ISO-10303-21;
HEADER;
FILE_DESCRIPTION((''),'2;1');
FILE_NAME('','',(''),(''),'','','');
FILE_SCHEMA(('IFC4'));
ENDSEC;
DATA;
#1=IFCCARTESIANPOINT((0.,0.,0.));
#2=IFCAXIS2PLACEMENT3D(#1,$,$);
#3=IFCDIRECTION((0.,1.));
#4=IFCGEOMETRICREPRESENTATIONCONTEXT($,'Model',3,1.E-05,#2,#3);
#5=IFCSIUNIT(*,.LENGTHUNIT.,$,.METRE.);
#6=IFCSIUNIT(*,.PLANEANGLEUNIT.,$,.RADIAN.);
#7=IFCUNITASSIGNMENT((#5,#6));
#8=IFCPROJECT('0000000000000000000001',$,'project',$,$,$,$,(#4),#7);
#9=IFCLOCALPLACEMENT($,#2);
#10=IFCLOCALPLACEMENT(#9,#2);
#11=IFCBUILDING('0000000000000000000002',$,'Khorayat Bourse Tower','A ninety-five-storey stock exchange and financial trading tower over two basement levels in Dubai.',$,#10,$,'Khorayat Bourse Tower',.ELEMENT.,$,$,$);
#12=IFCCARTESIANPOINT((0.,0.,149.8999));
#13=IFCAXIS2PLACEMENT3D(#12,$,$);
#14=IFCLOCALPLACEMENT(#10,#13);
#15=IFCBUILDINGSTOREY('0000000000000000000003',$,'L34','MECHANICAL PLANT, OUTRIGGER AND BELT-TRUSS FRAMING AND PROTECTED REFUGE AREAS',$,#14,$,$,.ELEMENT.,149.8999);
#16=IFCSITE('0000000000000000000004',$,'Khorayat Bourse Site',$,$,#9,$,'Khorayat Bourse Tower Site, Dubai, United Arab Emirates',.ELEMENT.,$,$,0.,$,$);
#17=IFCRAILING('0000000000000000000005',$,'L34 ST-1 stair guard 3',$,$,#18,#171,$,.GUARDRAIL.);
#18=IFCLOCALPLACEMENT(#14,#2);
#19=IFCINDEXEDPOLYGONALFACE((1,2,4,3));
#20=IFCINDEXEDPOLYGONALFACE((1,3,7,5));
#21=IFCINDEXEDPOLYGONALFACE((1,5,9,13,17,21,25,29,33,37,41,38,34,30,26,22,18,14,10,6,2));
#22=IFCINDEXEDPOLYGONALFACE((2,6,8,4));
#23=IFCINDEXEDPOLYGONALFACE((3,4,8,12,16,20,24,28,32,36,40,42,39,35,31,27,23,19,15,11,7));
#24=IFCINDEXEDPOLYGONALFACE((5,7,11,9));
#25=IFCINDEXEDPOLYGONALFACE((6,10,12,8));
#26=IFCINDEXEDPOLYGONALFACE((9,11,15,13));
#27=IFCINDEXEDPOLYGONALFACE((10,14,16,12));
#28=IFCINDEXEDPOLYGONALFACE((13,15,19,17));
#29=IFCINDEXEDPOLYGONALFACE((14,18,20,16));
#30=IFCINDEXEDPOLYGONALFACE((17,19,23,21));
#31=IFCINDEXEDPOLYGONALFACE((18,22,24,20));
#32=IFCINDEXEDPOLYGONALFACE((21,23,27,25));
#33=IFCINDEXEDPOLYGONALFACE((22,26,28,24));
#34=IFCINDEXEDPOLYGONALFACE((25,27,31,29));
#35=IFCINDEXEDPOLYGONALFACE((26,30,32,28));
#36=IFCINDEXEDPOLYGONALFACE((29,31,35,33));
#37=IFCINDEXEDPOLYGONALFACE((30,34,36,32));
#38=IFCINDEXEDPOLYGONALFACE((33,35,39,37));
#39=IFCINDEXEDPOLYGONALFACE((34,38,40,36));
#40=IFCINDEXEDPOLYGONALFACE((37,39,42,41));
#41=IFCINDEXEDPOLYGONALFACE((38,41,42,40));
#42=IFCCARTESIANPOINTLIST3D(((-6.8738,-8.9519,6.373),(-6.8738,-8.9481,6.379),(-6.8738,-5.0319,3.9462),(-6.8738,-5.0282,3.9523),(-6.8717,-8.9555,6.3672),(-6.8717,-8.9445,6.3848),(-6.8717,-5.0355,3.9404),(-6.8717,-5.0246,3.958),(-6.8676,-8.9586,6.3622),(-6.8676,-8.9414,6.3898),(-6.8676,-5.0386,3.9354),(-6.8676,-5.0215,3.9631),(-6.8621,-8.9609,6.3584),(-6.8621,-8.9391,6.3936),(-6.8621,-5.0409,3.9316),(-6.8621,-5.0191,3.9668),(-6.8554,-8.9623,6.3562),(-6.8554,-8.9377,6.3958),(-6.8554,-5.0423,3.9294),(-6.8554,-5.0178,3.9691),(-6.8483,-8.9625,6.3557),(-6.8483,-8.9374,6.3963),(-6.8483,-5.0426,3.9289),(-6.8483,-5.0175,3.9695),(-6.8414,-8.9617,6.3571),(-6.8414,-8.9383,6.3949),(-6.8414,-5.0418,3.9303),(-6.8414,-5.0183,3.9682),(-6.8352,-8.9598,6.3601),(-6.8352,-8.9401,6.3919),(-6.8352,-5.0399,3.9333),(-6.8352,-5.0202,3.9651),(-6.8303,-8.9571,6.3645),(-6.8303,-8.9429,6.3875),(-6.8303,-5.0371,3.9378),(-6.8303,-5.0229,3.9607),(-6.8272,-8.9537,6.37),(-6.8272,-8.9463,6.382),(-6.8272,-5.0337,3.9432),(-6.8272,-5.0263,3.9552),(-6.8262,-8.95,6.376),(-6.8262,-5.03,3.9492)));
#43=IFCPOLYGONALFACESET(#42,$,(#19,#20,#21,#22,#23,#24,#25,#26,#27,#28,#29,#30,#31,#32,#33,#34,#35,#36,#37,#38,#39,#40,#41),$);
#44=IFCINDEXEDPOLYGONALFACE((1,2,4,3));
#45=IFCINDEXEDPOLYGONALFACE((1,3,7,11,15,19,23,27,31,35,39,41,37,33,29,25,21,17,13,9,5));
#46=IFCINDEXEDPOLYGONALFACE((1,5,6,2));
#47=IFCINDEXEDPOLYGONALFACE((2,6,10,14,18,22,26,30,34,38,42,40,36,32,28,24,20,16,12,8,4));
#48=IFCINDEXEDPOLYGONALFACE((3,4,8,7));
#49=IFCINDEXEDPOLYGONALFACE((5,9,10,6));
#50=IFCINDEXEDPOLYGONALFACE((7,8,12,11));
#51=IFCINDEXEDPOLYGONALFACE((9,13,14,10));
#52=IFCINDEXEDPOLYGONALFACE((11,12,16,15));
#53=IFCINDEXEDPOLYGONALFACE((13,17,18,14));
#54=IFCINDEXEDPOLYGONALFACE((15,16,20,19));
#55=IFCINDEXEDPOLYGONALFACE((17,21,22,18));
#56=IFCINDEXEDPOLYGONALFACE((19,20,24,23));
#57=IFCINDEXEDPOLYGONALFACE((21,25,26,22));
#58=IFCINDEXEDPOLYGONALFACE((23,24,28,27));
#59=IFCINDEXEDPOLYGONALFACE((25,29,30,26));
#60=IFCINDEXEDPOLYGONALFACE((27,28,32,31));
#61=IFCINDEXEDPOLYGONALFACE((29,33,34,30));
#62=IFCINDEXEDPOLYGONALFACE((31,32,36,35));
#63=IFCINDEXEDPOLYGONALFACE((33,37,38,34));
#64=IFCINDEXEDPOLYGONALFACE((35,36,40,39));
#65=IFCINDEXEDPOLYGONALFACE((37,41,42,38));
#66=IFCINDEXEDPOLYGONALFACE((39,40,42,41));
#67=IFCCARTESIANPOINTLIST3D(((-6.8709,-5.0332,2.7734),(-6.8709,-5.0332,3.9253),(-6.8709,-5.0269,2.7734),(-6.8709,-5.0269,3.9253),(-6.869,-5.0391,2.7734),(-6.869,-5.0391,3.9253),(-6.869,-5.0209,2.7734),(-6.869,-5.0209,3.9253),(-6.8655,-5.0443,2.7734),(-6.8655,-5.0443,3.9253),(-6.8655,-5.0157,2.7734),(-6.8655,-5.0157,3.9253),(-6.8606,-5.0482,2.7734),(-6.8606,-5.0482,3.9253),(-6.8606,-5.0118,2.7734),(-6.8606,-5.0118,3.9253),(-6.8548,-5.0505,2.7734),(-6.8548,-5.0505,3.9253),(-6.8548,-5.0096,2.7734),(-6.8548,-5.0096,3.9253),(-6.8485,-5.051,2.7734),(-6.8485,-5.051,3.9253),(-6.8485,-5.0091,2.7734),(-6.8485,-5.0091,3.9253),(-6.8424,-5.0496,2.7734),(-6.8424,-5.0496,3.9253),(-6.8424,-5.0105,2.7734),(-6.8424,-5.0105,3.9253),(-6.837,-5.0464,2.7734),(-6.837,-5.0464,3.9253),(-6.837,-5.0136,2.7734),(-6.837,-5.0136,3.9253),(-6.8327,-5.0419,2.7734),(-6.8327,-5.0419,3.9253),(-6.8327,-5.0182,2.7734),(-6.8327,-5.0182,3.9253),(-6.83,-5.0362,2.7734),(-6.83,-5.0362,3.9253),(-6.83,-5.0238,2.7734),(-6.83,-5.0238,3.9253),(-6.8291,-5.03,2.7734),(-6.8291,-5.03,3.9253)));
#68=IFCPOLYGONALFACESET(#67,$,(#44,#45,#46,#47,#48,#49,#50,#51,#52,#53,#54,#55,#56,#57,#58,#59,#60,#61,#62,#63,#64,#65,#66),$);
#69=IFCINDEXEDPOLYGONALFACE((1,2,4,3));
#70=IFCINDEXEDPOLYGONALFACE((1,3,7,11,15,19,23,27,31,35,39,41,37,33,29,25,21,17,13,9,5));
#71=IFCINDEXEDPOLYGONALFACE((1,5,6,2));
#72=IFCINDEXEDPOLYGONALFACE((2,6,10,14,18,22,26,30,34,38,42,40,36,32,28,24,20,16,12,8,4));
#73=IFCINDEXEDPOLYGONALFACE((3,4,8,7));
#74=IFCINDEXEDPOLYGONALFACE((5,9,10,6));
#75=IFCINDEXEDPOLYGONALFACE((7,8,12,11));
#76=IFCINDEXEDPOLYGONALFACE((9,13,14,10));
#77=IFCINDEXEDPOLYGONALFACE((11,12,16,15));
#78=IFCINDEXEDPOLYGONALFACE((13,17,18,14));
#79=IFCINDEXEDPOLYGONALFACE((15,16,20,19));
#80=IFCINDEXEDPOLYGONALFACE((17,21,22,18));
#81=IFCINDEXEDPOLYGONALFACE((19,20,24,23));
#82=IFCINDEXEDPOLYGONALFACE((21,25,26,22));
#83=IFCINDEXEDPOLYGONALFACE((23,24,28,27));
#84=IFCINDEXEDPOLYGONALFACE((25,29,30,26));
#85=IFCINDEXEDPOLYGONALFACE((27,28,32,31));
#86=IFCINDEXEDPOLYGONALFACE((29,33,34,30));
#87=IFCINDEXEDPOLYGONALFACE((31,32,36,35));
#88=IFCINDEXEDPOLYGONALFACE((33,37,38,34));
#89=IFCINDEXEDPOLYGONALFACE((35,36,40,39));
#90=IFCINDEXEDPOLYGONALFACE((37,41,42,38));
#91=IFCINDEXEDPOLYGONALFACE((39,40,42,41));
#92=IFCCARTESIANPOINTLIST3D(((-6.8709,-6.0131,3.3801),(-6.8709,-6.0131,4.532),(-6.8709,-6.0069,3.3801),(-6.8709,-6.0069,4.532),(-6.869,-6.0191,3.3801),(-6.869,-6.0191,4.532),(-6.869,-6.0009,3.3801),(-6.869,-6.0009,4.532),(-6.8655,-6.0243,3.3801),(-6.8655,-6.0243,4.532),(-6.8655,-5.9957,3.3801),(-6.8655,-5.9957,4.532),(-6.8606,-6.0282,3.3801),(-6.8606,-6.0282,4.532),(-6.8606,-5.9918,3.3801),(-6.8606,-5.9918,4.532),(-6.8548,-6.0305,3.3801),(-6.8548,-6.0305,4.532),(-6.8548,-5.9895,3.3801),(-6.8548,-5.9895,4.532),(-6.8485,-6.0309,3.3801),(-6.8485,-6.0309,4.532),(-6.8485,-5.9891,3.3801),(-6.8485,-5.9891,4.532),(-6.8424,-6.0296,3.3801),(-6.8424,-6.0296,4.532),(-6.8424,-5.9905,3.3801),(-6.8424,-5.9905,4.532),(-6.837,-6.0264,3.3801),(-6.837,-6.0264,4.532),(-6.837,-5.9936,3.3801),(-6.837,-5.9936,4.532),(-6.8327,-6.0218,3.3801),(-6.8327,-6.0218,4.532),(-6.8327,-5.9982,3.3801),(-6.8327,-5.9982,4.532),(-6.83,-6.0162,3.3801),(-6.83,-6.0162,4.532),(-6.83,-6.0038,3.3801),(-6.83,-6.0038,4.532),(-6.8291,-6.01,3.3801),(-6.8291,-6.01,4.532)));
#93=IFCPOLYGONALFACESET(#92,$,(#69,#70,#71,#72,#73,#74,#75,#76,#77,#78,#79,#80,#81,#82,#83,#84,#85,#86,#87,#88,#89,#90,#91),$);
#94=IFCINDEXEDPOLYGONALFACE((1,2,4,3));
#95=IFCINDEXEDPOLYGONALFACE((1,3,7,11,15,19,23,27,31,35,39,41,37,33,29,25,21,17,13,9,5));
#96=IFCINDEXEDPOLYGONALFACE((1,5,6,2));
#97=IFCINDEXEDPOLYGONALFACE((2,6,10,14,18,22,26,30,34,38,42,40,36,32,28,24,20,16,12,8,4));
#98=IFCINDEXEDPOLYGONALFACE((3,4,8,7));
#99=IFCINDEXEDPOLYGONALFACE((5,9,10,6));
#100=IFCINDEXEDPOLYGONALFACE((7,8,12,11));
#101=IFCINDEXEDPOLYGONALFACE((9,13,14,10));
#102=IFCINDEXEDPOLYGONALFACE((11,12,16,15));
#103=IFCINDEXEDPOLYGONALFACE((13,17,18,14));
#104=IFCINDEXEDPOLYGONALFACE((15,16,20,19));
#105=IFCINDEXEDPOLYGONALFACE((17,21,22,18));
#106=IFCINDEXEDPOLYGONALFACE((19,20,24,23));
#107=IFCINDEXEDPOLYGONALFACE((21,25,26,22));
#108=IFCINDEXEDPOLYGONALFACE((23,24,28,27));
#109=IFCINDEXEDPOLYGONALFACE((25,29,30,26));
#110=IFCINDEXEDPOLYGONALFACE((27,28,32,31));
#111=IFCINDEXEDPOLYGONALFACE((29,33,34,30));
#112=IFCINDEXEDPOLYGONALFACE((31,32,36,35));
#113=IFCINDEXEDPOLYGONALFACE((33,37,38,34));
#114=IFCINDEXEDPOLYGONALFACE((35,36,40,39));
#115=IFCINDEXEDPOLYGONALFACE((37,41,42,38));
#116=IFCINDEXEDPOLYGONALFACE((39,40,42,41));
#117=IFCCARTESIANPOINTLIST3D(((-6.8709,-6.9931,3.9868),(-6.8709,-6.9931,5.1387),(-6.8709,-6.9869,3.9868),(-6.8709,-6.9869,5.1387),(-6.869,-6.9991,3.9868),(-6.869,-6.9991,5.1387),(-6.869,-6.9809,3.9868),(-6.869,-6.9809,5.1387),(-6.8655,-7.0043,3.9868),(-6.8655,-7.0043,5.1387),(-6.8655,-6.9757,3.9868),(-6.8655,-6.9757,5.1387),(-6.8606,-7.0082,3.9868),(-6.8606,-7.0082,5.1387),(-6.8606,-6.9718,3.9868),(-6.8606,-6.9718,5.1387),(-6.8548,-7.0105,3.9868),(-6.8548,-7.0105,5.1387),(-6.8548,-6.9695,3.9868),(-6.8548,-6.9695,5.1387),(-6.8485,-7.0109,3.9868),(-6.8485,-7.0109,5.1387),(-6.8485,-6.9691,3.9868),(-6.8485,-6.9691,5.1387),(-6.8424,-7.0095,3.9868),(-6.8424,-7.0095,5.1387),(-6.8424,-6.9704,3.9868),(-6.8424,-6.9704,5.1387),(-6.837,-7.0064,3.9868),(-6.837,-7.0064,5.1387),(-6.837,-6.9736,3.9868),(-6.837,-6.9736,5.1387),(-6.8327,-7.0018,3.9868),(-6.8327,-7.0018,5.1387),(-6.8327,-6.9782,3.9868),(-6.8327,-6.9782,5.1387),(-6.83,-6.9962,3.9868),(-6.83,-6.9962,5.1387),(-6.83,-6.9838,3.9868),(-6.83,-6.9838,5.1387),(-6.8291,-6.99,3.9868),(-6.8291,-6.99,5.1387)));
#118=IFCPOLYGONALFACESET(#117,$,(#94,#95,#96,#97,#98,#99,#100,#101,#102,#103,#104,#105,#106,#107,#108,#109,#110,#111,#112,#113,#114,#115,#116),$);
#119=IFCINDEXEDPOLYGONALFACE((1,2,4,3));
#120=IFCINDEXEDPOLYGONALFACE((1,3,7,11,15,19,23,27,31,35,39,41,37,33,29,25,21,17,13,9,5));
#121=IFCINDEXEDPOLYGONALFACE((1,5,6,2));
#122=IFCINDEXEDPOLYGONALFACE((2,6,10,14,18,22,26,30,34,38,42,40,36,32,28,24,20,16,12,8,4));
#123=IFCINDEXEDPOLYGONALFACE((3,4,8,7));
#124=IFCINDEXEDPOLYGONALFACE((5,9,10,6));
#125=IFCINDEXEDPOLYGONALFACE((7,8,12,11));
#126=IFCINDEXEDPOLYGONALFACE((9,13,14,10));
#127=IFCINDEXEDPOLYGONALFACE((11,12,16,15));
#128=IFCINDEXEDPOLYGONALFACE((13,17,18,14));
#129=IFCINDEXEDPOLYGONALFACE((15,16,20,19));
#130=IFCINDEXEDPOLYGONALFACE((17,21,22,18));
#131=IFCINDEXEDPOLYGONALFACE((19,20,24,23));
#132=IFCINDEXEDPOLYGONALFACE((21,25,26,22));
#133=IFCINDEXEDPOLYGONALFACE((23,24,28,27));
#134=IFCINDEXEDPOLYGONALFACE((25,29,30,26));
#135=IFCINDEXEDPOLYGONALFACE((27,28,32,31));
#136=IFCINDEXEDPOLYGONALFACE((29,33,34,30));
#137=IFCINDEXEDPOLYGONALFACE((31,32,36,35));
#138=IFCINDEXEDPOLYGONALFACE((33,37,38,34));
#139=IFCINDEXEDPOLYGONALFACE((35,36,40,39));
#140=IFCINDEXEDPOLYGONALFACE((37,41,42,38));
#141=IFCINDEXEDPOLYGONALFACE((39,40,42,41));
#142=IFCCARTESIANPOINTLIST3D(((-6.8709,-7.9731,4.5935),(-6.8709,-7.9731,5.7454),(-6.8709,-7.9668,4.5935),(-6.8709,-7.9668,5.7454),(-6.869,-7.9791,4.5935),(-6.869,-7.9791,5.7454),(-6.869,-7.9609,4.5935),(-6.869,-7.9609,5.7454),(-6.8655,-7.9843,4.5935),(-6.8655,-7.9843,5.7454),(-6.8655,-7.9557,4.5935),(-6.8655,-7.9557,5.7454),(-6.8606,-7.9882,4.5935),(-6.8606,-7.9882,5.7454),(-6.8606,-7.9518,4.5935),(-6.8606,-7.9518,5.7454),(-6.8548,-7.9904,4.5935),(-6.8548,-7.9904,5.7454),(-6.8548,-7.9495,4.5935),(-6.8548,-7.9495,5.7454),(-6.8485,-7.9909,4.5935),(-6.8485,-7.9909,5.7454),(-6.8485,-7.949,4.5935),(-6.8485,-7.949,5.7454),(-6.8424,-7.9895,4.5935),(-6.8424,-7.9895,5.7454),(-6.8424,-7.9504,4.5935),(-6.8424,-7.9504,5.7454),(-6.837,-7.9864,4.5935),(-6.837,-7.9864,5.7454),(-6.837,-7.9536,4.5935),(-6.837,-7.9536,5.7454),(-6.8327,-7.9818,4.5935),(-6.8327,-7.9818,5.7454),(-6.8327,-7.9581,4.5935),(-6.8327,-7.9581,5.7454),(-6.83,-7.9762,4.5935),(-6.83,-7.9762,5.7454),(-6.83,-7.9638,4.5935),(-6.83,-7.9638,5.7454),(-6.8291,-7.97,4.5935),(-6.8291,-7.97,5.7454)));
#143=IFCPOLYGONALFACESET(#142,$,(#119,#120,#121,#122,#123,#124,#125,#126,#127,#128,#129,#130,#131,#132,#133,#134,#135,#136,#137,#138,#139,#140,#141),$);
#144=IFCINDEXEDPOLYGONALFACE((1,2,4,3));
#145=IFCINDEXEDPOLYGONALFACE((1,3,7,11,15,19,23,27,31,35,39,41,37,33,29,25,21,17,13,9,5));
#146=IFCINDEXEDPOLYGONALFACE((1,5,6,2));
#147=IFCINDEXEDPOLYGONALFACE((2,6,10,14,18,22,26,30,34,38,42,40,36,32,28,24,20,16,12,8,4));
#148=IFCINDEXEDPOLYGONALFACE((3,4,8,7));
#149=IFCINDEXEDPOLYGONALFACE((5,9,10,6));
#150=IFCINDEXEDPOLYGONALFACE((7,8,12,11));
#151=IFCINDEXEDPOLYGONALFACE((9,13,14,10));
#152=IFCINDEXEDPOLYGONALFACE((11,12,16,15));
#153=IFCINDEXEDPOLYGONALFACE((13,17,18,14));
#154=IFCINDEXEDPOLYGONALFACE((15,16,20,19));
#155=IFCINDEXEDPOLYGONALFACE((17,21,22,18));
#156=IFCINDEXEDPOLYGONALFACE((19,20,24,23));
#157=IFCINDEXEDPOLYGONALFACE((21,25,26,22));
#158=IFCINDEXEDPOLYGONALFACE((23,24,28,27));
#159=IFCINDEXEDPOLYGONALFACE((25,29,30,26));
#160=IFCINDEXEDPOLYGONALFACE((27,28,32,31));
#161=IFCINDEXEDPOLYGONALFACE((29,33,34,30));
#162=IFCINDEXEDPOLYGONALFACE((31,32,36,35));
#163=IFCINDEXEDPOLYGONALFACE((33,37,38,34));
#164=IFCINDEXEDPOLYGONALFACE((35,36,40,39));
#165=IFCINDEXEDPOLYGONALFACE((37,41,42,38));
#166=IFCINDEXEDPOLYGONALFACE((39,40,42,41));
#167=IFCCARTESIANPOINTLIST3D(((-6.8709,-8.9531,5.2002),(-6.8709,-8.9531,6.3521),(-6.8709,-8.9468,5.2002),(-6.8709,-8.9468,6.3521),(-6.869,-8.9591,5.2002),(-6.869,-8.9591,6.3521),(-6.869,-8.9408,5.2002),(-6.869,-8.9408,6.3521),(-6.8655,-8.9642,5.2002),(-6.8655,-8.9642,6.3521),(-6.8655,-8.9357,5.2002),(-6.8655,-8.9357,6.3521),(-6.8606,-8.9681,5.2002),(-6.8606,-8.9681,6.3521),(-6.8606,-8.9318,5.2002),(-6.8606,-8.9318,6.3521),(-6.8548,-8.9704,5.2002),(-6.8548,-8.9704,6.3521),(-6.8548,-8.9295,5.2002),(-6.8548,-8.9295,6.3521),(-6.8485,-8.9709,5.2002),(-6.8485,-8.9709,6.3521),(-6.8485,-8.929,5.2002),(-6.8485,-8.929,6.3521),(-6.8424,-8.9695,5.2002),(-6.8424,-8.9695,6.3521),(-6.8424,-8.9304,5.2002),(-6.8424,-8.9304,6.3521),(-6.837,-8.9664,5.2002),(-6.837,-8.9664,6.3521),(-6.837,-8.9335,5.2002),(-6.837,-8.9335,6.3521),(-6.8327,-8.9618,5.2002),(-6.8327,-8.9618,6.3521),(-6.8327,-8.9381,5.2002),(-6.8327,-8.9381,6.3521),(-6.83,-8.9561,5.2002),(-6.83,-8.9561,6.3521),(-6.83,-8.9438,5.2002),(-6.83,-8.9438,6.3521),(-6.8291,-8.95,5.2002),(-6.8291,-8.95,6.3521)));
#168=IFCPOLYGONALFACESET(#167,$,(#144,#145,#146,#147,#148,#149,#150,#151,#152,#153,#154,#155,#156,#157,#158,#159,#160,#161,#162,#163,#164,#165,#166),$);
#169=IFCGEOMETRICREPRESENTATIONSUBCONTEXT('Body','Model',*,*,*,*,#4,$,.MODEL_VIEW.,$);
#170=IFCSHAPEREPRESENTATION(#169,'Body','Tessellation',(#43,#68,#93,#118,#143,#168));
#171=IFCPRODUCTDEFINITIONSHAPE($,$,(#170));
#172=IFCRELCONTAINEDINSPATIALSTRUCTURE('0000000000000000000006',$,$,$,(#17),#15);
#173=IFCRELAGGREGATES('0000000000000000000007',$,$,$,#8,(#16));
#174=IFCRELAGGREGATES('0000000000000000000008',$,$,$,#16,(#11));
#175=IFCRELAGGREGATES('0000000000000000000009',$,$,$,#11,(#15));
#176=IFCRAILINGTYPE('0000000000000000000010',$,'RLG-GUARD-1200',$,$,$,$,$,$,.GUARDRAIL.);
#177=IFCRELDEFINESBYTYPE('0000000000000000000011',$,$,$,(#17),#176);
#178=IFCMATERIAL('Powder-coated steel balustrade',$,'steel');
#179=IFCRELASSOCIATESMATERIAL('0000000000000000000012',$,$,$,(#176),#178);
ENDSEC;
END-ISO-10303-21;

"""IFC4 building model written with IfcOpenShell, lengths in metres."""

from ifc_helpers import new_model, si_unit, direction, frame, origin, origin_2d, place, context, subcontext, project, spatial, circle, extrude, source, transform, mapped, material, type_object, element, save


model = new_model("IFC4")

# Units and contexts
model_context = context("Model", 3, precision=1e-05, world=origin(), true_north=direction((0.0, 1.0)))
body_context = subcontext(model_context, "Body", "Model", "MODEL_VIEW")
ifc_project = project(units=[si_unit("LENGTHUNIT", "METRE"), si_unit("PLANEANGLEUNIT", "RADIAN")], contexts=[model_context])

# Site, building, storey
site_placement = place(None, origin())
site = spatial("IfcSite", under=ifc_project, at=site_placement, Name="Khorayat Bourse Site", LongName="Khorayat Bourse Tower Site, Dubai, United Arab Emirates", CompositionType="ELEMENT", RefElevation=0.0)
building_placement = place(site_placement, origin())
building = spatial("IfcBuilding", under=site, at=building_placement, Name="Khorayat Bourse Tower", Description="A ninety-five-storey stock exchange and financial trading tower over two basement levels in Dubai.", LongName="Khorayat Bourse Tower", CompositionType="ELEMENT")
storey_placement = place(building_placement, frame((0.0, 0.0, 149.8999)))
storey = spatial("IfcBuildingStorey", under=building, at=storey_placement, Name="L34", Description="MECHANICAL PLANT, OUTRIGGER AND BELT-TRUSS FRAMING AND PROTECTED REFUGE AREAS", CompositionType="ELEMENT", Elevation=149.8999)

# Railing
ifc_material_1 = material(Name="Powder-coated steel balustrade", Category="steel")
railing_type_1 = type_object("IfcRailingType", Name="RLG-GUARD-1200", PredefinedType="GUARDRAIL", material=ifc_material_1)
shared_shape_1 = source(origin(), body_context, "Body", "SweptSolid", [
    extrude(circle(Radius=0.0239, at=origin_2d()), frame((0.0, 0.0, 1.1758), z_axis=(0.0, -0.850252, 0.526376), x_axis=(1.0, 0.0, 0.0)), (0.0, 0.0, 1.0), 4.6104),
    extrude(circle(Radius=0.021, at=origin_2d()), origin(), (0.0, 0.0, 1.0), 1.1519),
    extrude(circle(Radius=0.021, at=origin_2d()), frame((0.0, -0.98, 0.6067)), (0.0, 0.0, 1.0), 1.1519),
    extrude(circle(Radius=0.021, at=origin_2d()), frame((0.0, -1.96, 1.2134)), (0.0, 0.0, 1.0), 1.1519),
    extrude(circle(Radius=0.021, at=origin_2d()), frame((0.0, -2.9399, 1.8201)), (0.0, 0.0, 1.0), 1.1519),
    extrude(circle(Radius=0.021, at=origin_2d()), frame((0.0, -3.9199, 2.4268)), (0.0, 0.0, 1.0), 1.1519),
])
railing_1_placement = place(storey_placement, frame((-6.8501, -5.03, 2.7734)))
element("IfcRailing", 1, at=railing_1_placement, inside=storey, type_object=railing_type_1, Name="L34 ST-1 stair guard 3", PredefinedType="GUARDRAIL", context=body_context, shape_type="MappedRepresentation", body=[
    mapped(shared_shape_1, transform((0.0, 0.0, 0.0), scale=1.0)),
])

save(model, "model.ifc")
